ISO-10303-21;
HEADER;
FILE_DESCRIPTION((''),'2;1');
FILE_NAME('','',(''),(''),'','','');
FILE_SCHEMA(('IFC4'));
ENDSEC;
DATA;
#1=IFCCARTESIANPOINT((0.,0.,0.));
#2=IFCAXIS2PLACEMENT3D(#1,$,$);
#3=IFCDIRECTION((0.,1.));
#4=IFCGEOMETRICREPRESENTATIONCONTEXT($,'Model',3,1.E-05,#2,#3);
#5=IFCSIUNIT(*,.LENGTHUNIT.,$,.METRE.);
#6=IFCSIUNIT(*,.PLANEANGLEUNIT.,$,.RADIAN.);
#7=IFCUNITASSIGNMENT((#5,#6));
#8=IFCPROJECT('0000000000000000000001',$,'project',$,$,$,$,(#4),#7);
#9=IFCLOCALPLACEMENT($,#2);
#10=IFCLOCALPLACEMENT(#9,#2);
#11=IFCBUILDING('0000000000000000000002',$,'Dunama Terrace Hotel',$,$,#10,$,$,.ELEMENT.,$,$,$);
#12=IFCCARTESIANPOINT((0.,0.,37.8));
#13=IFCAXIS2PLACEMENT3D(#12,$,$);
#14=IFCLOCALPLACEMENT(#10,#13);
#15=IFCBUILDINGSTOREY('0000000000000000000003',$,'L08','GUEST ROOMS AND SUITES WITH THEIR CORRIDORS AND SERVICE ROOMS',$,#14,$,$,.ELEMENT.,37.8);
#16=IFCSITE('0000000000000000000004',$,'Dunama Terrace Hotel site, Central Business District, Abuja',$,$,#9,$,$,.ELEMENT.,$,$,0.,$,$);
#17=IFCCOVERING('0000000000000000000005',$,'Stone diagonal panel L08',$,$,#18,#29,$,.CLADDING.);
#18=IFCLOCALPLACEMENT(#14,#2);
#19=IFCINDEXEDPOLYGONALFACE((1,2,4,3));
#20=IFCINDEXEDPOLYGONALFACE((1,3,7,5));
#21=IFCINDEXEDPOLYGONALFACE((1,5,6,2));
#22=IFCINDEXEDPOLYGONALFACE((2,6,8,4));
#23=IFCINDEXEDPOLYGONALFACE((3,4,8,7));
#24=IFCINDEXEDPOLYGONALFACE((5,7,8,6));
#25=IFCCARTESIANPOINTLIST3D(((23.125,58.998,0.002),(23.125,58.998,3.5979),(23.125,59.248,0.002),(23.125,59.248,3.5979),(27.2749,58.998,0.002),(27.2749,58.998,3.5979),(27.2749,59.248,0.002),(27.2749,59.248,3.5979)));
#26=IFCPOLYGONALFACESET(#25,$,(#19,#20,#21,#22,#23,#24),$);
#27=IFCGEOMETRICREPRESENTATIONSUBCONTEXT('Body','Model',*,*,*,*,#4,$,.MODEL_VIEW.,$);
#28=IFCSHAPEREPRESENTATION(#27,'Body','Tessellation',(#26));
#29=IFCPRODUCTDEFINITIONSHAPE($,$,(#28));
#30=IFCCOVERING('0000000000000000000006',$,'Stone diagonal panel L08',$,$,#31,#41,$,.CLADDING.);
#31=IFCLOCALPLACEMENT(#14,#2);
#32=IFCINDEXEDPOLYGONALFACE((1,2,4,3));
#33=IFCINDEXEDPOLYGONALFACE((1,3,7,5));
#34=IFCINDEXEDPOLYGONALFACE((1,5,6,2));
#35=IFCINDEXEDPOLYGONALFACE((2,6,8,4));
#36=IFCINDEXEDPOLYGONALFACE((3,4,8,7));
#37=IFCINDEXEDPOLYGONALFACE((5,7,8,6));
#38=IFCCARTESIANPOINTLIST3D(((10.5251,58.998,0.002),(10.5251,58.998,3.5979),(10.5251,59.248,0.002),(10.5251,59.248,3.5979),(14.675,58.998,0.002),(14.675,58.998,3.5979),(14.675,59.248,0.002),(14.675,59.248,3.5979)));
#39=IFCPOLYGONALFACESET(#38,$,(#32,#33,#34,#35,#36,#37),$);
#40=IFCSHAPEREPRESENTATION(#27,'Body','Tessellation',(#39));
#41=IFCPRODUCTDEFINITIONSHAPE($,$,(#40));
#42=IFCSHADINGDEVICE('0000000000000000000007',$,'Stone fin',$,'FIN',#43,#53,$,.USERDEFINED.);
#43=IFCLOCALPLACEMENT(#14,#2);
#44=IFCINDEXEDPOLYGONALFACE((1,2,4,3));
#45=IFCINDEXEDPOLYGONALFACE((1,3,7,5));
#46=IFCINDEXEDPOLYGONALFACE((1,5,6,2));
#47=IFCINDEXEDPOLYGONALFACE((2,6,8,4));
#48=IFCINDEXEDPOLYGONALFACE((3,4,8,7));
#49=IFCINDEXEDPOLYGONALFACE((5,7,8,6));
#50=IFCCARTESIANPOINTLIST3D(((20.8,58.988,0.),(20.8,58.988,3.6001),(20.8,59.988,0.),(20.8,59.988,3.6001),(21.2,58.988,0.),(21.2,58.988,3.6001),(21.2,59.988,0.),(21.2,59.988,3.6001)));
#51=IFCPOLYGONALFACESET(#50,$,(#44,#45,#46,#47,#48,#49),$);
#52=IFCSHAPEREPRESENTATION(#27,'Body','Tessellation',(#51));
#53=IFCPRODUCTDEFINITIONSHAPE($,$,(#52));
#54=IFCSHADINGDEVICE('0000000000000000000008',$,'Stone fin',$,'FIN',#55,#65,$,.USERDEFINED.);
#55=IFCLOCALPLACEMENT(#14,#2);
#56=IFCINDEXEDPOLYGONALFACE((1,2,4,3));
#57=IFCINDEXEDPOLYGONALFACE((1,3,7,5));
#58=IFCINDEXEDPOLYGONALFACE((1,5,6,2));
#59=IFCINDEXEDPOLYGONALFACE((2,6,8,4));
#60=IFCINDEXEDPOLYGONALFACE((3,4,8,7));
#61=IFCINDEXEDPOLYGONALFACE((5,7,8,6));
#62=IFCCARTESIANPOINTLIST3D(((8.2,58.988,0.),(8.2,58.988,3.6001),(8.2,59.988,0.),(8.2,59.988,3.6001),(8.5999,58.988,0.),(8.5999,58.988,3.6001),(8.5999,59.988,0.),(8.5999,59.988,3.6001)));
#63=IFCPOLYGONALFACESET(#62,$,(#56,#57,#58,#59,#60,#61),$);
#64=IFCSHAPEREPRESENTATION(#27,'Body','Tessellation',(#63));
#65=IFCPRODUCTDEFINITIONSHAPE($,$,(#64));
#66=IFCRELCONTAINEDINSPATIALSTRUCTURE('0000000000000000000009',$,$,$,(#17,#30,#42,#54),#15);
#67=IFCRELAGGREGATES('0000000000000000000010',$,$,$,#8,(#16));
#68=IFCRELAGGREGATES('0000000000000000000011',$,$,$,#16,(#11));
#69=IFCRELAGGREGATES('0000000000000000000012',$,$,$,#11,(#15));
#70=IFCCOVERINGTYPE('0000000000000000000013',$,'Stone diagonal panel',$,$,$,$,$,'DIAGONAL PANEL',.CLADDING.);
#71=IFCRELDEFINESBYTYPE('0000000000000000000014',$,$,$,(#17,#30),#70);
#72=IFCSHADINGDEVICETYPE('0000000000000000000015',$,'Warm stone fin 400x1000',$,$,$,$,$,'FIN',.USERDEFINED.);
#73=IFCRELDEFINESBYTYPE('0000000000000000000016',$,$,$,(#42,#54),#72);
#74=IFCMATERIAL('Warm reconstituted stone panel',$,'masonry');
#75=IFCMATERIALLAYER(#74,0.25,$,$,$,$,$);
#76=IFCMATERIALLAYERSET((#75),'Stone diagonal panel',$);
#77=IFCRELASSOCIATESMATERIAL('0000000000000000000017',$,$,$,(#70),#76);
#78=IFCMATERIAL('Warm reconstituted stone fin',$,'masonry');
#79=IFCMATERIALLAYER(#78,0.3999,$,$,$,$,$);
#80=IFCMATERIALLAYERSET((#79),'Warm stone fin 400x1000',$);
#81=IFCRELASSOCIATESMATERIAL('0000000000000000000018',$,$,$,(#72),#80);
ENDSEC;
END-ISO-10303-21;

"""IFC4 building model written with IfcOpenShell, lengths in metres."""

from ifc_helpers import new_model, si_unit, direction, frame, origin, origin_2d, place, context, subcontext, project, spatial, rectangle, extrude, material, layer, layer_set, type_object, element, save


model = new_model("IFC4")

# Units and contexts
model_context = context("Model", 3, precision=1e-05, world=origin(), true_north=direction((0.0, 1.0)))
body_context = subcontext(model_context, "Body", "Model", "MODEL_VIEW")
ifc_project = project(units=[si_unit("LENGTHUNIT", "METRE"), si_unit("PLANEANGLEUNIT", "RADIAN")], contexts=[model_context])

# Site, building, storey
site_placement = place(None, origin())
site = spatial("IfcSite", under=ifc_project, at=site_placement, Name="Dunama Terrace Hotel site, Central Business District, Abuja", CompositionType="ELEMENT", RefElevation=0.0)
building_placement = place(site_placement, origin())
building = spatial("IfcBuilding", under=site, at=building_placement, Name="Dunama Terrace Hotel", CompositionType="ELEMENT")
storey_placement = place(building_placement, frame((0.0, 0.0, 37.8)))
storey = spatial("IfcBuildingStorey", under=building, at=storey_placement, Name="L08", Description="GUEST ROOMS AND SUITES WITH THEIR CORRIDORS AND SERVICE ROOMS", CompositionType="ELEMENT", Elevation=37.8)

# Coverings
ifc_material_1 = material(Name="Warm reconstituted stone panel", Category="masonry")
ifc_layer_1 = layer(ifc_material_1, 0.25)
ifc_layer_set_1 = layer_set([ifc_layer_1], Name="Stone diagonal panel")
covering_type = type_object("IfcCoveringType", Name="Stone diagonal panel", ElementType="DIAGONAL PANEL", PredefinedType="CLADDING", material=ifc_layer_set_1)
for number, where, z_axis, x_axis, name in (
    (1, (25.2, 59.123, 0.002), (0.0, 0.0, 1.0), (-1.0, 0.0, 0.0), "Stone diagonal panel L08"),
    (2, (12.6001, 59.123, 0.002), (0.0, 0.0, 1.0), (-1.0, 0.0, 0.0), "Stone diagonal panel L08"),
):
    element("IfcCovering", number, at=place(storey_placement, frame(where, z_axis=z_axis, x_axis=x_axis)), inside=storey, type_object=covering_type, Name=name, PredefinedType="CLADDING", context=body_context, shape_type="SweptSolid", body=[
        extrude(rectangle(XDim=4.1499, YDim=0.25, at=origin_2d()), origin(), (0.0, 0.0, 1.0), 3.5959),
    ])

# Shading devices
ifc_material_2 = material(Name="Warm reconstituted stone fin", Category="masonry")
ifc_layer_2 = layer(ifc_material_2, 0.3999)
ifc_layer_set_2 = layer_set([ifc_layer_2], Name="Warm stone fin 400x1000")
shading_device_type = type_object("IfcShadingDeviceType", Name="Warm stone fin 400x1000", ElementType="FIN", PredefinedType="USERDEFINED", material=ifc_layer_set_2)
for number, where, z_axis, x_axis, name in (
    (3, (21.0, 59.488, 0.0), (0.0, 0.0, 1.0), (-1.0, 0.0, 0.0), "Stone fin"),
    (4, (8.3999, 59.488, 0.0), (0.0, 0.0, 1.0), (-1.0, 0.0, 0.0), "Stone fin"),
):
    element("IfcShadingDevice", number, at=place(storey_placement, frame(where, z_axis=z_axis, x_axis=x_axis)), inside=storey, type_object=shading_device_type, Name=name, ObjectType="FIN", PredefinedType="USERDEFINED", context=body_context, shape_type="SweptSolid", body=[
        extrude(rectangle(XDim=0.3999, YDim=1.0, at=origin_2d()), origin(), (0.0, 0.0, 1.0), 3.6001),
    ])

save(model, "model.ifc")
